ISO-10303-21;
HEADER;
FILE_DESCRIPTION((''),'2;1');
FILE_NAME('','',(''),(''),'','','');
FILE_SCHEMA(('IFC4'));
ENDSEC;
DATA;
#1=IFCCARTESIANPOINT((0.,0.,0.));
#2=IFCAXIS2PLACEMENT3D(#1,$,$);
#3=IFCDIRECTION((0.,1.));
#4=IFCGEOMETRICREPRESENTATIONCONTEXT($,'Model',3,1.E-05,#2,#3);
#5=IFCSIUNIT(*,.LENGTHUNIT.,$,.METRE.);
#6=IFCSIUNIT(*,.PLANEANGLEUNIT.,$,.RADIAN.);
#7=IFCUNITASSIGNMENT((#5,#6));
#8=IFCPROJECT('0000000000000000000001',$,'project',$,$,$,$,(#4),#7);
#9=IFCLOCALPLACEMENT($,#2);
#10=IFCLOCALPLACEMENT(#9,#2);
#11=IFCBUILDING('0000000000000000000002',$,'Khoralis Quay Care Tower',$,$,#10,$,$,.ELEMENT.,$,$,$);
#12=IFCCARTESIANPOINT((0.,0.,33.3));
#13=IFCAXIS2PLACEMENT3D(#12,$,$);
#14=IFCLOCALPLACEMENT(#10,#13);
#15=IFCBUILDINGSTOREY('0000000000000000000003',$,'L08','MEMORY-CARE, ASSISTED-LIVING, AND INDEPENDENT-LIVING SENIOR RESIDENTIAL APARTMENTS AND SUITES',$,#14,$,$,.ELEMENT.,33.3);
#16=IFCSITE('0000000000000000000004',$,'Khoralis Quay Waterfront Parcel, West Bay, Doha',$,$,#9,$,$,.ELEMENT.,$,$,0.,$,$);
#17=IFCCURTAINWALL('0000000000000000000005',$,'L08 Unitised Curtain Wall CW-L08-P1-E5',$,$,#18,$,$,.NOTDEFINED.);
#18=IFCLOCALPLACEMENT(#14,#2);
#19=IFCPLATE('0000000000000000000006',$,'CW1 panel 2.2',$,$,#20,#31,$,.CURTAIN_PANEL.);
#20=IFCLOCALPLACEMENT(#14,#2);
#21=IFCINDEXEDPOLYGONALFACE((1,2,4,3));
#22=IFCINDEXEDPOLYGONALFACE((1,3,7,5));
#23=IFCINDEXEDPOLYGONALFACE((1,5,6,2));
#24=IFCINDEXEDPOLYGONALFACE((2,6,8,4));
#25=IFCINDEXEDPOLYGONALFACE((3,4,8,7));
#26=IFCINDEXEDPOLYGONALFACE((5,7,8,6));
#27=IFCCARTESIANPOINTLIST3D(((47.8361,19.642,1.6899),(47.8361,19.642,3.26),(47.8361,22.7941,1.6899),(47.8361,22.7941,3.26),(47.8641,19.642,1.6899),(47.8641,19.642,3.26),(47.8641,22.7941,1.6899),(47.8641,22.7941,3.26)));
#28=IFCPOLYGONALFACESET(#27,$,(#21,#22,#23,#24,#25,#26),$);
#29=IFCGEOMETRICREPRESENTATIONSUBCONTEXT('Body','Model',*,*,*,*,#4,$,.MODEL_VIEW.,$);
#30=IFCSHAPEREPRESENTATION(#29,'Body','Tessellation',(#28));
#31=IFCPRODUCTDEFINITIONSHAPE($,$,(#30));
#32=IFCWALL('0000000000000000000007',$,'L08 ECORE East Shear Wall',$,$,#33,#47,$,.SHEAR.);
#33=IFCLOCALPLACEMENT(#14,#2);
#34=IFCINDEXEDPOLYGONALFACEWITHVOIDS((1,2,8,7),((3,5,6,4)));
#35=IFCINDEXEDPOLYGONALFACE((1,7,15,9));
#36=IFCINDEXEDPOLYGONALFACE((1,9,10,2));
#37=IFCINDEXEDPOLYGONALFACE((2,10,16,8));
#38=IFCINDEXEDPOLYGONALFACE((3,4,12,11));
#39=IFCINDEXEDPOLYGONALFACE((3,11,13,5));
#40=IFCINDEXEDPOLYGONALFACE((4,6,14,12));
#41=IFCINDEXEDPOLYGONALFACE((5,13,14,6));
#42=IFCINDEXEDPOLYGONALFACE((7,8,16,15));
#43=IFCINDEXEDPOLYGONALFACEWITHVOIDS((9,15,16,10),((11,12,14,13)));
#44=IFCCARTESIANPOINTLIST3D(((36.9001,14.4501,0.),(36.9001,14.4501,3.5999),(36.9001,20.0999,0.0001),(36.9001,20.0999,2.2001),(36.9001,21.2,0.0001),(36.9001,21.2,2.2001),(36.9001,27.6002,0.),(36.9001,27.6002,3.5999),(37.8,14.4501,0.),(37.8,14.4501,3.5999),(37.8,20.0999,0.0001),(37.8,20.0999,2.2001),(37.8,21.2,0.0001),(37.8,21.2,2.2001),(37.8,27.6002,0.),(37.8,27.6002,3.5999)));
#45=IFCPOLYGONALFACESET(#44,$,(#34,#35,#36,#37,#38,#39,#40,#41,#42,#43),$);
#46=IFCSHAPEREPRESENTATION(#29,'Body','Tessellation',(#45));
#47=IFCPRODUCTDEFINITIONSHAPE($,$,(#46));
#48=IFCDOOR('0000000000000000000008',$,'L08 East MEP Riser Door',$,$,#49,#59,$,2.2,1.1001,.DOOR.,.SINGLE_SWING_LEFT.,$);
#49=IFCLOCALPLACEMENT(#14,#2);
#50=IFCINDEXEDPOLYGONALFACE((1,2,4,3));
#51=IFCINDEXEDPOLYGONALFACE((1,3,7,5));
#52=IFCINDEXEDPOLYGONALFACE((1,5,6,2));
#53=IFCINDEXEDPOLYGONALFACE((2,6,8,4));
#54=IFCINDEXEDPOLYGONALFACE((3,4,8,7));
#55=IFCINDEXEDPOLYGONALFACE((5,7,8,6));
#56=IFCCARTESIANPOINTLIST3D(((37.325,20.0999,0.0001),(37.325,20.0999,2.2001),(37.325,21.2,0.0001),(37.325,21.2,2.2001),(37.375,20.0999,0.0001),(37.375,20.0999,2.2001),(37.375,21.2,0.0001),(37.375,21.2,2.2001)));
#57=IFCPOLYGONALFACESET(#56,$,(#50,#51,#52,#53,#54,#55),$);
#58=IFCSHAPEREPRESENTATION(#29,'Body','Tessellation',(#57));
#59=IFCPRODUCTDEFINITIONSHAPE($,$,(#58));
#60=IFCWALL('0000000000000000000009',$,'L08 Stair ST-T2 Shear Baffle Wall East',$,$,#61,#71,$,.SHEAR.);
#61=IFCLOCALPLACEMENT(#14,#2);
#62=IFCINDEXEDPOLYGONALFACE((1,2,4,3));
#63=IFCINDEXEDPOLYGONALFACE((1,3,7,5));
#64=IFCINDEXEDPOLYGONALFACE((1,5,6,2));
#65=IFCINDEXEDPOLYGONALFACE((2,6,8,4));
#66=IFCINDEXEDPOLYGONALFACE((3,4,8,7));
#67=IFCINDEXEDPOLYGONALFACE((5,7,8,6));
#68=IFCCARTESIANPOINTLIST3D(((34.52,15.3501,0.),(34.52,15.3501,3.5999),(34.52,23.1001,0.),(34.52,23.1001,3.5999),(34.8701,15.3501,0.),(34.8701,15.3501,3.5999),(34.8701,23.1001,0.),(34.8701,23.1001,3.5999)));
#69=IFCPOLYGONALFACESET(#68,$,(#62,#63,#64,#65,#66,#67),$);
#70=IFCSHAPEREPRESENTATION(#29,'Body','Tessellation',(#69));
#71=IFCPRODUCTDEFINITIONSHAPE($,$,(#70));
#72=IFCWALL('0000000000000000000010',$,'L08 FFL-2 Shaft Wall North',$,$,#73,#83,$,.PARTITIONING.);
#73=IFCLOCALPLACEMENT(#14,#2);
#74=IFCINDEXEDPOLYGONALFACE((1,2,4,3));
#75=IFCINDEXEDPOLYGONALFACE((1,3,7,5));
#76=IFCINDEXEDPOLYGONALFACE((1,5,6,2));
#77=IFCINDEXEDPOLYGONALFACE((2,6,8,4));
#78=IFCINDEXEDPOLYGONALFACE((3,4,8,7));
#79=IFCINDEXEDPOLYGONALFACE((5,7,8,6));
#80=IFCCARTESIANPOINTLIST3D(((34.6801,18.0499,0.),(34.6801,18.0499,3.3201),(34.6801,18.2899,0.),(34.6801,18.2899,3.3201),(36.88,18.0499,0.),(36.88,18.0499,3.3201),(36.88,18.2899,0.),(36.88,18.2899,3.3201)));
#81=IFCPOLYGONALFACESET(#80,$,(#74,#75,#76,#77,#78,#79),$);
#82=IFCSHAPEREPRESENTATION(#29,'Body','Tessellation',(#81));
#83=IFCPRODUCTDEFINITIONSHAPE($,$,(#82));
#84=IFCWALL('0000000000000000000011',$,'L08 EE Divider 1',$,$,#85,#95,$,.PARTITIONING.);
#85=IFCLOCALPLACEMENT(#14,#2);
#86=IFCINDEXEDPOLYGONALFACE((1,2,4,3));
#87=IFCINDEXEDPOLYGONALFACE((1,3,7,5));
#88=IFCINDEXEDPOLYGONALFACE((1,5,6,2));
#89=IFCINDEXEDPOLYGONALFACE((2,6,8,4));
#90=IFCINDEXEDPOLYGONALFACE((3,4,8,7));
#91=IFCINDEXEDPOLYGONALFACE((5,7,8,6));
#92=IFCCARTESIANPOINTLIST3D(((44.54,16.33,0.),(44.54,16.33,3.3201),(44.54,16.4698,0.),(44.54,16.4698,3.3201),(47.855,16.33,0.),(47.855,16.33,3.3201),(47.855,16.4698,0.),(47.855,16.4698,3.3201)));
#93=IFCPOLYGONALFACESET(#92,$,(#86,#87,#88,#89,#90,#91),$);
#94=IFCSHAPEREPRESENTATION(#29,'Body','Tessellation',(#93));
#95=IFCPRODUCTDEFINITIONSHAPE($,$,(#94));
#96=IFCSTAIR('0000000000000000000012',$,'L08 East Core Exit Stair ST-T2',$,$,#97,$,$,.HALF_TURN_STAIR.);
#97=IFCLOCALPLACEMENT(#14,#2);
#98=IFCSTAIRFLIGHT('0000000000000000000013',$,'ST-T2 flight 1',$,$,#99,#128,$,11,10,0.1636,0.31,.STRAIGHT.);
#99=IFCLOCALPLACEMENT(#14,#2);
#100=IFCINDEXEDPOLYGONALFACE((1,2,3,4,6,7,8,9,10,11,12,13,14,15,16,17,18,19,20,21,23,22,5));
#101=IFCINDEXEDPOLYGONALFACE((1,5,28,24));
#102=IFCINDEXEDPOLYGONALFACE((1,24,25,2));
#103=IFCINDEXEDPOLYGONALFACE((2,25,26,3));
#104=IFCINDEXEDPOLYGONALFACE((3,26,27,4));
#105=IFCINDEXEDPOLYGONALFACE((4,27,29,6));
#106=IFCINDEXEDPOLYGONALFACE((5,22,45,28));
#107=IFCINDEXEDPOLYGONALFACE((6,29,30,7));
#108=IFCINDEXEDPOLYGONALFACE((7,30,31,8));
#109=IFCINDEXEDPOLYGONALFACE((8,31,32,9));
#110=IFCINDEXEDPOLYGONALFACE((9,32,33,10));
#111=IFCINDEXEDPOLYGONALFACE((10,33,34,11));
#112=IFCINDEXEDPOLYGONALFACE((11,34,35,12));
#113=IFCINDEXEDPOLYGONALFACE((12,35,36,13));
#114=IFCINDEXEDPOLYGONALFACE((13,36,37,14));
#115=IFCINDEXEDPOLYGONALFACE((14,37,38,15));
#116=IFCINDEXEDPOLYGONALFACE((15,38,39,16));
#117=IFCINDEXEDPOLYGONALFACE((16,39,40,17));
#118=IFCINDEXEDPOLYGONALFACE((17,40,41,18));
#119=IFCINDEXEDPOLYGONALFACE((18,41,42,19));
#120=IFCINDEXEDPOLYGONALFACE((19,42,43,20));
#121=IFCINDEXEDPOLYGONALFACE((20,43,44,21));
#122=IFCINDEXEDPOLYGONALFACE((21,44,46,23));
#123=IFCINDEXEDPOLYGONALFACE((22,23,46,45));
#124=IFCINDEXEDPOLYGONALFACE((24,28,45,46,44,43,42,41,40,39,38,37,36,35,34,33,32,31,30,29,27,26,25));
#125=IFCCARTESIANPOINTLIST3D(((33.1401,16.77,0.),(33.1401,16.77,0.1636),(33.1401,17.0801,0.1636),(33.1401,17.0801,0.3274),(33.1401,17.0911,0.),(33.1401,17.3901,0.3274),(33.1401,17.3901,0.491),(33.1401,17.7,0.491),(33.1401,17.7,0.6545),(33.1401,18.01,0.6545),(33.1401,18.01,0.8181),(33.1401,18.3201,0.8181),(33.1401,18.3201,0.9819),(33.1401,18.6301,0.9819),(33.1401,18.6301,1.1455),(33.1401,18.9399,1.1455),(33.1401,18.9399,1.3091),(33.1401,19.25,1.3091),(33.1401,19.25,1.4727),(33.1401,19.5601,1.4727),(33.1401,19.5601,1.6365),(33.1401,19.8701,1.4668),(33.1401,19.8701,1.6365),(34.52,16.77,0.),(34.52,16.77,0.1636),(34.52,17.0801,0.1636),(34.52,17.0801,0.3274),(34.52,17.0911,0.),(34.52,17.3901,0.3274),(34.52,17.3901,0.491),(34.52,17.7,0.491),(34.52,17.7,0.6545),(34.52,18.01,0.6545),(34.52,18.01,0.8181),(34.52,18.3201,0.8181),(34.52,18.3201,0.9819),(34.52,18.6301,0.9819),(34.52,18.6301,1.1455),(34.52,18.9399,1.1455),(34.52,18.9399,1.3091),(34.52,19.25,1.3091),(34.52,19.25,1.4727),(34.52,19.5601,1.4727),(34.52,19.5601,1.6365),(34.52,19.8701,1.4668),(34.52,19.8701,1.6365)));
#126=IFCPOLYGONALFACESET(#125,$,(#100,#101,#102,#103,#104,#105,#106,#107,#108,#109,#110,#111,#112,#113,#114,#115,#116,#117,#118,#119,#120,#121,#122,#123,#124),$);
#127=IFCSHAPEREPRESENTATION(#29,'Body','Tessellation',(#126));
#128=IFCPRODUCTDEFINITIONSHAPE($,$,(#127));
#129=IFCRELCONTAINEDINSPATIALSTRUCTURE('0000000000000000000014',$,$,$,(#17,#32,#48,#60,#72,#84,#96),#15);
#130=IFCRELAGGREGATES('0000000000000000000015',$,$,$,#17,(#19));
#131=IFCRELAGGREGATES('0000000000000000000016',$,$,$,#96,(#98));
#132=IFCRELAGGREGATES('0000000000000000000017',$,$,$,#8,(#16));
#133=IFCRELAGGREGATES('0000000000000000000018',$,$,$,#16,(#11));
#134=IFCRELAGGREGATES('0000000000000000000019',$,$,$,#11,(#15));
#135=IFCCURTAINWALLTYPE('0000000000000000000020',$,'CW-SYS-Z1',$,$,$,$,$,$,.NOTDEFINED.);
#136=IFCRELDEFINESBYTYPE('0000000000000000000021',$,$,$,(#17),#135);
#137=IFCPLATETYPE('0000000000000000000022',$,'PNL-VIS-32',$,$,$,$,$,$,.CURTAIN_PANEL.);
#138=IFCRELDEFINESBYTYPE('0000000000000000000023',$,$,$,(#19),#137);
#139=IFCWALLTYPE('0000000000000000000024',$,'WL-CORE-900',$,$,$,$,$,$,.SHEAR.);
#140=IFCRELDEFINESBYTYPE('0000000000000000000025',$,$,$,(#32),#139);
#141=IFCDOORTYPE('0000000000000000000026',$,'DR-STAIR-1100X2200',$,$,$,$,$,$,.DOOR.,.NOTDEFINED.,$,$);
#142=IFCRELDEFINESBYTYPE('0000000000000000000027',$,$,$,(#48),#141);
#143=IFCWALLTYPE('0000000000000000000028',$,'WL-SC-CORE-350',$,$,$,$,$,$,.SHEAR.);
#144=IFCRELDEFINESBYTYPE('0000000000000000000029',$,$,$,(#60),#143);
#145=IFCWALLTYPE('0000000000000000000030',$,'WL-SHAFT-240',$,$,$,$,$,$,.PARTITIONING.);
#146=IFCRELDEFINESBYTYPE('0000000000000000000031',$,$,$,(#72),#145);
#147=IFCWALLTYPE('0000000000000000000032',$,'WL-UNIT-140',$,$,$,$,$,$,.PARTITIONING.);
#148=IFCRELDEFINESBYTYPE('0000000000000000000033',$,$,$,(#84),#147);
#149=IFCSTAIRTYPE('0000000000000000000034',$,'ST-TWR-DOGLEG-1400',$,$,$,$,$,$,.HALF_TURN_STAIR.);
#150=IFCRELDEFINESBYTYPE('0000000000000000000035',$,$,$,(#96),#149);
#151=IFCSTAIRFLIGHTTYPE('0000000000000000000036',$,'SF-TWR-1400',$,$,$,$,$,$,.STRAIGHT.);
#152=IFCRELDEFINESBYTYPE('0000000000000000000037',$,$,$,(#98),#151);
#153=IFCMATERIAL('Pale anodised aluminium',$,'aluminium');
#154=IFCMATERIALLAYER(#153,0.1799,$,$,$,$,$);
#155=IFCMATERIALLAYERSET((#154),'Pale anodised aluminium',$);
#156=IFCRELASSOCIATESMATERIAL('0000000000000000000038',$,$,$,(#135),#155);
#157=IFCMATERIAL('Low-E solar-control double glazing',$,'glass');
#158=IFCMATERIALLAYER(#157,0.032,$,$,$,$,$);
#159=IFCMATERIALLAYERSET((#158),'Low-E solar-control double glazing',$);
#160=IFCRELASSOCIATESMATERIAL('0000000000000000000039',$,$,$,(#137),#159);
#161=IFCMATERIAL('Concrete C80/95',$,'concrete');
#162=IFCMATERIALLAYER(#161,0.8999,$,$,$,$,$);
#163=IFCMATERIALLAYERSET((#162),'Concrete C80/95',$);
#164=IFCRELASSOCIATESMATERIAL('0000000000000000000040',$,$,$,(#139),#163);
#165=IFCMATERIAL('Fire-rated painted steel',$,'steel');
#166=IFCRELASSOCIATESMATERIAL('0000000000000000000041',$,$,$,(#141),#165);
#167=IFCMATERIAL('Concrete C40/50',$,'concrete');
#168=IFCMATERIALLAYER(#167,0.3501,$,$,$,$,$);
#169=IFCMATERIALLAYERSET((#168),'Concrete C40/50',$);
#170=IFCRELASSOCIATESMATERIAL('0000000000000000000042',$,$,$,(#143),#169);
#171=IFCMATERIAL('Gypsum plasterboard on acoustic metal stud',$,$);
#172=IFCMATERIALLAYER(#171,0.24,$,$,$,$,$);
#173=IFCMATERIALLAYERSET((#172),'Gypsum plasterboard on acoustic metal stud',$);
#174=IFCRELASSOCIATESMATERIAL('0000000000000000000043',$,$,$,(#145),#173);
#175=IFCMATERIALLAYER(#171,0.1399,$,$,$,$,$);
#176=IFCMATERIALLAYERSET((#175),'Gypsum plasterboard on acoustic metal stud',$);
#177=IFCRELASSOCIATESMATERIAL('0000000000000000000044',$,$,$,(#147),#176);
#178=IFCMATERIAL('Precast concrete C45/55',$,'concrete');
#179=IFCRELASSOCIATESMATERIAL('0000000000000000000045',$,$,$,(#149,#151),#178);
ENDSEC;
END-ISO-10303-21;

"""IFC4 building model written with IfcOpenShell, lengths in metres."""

from ifc_helpers import new_model, si_unit, direction, frame, frame_2d, origin, origin_2d, place, context, subcontext, project, spatial, polyline, rectangle, outline, extrude, source, transform, mapped, material, layer, layer_set, type_object, element, fill, aggregate, save


model = new_model("IFC4")

# Units and contexts
model_context = context("Model", 3, precision=1e-05, world=origin(), true_north=direction((0.0, 1.0)))
body_context = subcontext(model_context, "Body", "Model", "MODEL_VIEW")
ifc_project = project(units=[si_unit("LENGTHUNIT", "METRE"), si_unit("PLANEANGLEUNIT", "RADIAN")], contexts=[model_context])

# Site, building, storey
site_placement = place(None, origin())
site = spatial("IfcSite", under=ifc_project, at=site_placement, Name="Khoralis Quay Waterfront Parcel, West Bay, Doha", CompositionType="ELEMENT", RefElevation=0.0)
building_placement = place(site_placement, origin())
building = spatial("IfcBuilding", under=site, at=building_placement, Name="Khoralis Quay Care Tower", CompositionType="ELEMENT")
storey_placement = place(building_placement, frame((0.0, 0.0, 33.3)))
storey = spatial("IfcBuildingStorey", under=building, at=storey_placement, Name="L08", Description="MEMORY-CARE, ASSISTED-LIVING, AND INDEPENDENT-LIVING SENIOR RESIDENTIAL APARTMENTS AND SUITES", CompositionType="ELEMENT", Elevation=33.3)

# Shared definitions
ifc_material_1 = material(Name="Concrete C80/95", Category="concrete")

# Curtain wall, plate
ifc_material_2 = material(Name="Pale anodised aluminium", Category="aluminium")
ifc_layer_1 = layer(ifc_material_2, 0.1799)
ifc_layer_set_1 = layer_set([ifc_layer_1], Name="Pale anodised aluminium")
curtain_wall_type = type_object("IfcCurtainWallType", Name="CW-SYS-Z1", PredefinedType="NOTDEFINED", material=ifc_layer_set_1)
curtain_wall_placement = place(storey_placement, origin())
curtain_wall = element("IfcCurtainWall", 1, at=curtain_wall_placement, inside=storey, type_object=curtain_wall_type, Name="L08 Unitised Curtain Wall CW-L08-P1-E5", PredefinedType="NOTDEFINED")
ifc_material_3 = material(Name="Low-E solar-control double glazing", Category="glass")
ifc_layer_2 = layer(ifc_material_3, 0.032)
ifc_layer_set_2 = layer_set([ifc_layer_2], Name="Low-E solar-control double glazing")
plate_type = type_object("IfcPlateType", Name="PNL-VIS-32", PredefinedType="CURTAIN_PANEL", material=ifc_layer_set_2)
shared_shape_1 = source(origin(), body_context, "Body", "SweptSolid", [
    extrude(rectangle(XDim=3.1521, YDim=0.0281, at=origin_2d()), origin(), (0.0, 0.0, 1.0), 1.5701),
])
plate_1_placement = place(storey_placement, frame((47.8501, 21.218, 1.6899), z_axis=(0.0, 0.0, 1.0), x_axis=(0.0, 1.0, 0.0)))
plate_1 = element("IfcPlate", 2, at=plate_1_placement, type_object=plate_type, Name="CW1 panel 2.2", PredefinedType="CURTAIN_PANEL", context=body_context, shape_type="MappedRepresentation", body=[
    mapped(shared_shape_1, transform((0.0, 0.0, 0.0), scale=1.0)),
])
aggregate(curtain_wall, [plate_1])

# Wall, opening, door
ifc_layer_3 = layer(ifc_material_1, 0.8999)
ifc_layer_set_3 = layer_set([ifc_layer_3], Name="Concrete C80/95")
wall_type_1 = type_object("IfcWallType", Name="WL-CORE-900", PredefinedType="SHEAR", material=ifc_layer_set_3)
wall_1_placement = place(storey_placement, frame((37.3501, 14.45, 0.0), z_axis=(0.0, 0.0, 1.0), x_axis=(0.0, 1.0, 0.0)))
wall_1 = element("IfcWall", 3, at=wall_1_placement, inside=storey, type_object=wall_type_1, Name="L08 ECORE East Shear Wall", PredefinedType="SHEAR", context=body_context, shape_type="SweptSolid", body=[
    extrude(rectangle(XDim=13.1501, YDim=0.8999, at=frame_2d((6.5752, 0.0))), origin(), (0.0, 0.0, 1.0), 3.5999),
])
opening_placement = place(wall_1_placement, frame((5.6499, 0.0, 0.0)))
opening = element("IfcOpeningElement", 4, at=opening_placement, cuts=wall_1, PredefinedType="OPENING", context=body_context, shape_type="SweptSolid", body=[
    extrude(rectangle(XDim=1.1001, YDim=2.2, at=frame_2d((0.55, 1.1001))), frame((0.0, 0.46, 0.0), z_axis=(0.0, -1.0, 0.0), x_axis=(1.0, 0.0, 0.0)), (0.0, 0.0, 1.0), 0.9199),
])
ifc_material_4 = material(Name="Fire-rated painted steel", Category="steel")
door_type = type_object("IfcDoorType", Name="DR-STAIR-1100X2200", OperationType="NOTDEFINED", PredefinedType="DOOR", material=ifc_material_4)
shared_shape_2 = source(origin(), body_context, "Body", "SweptSolid", [
    extrude(rectangle(XDim=1.1001, YDim=2.2, at=frame_2d((0.55, 1.1001))), frame((0.0, 0.0249, 0.0), z_axis=(0.0, -1.0, 0.0), x_axis=(1.0, 0.0, 0.0)), (0.0, 0.0, 1.0), 0.05),
])
door_placement = place(opening_placement, frame((1.1001, 0.0, 0.0), z_axis=(0.0, 0.0, 1.0), x_axis=(-1.0, 0.0, 0.0)))
door = element("IfcDoor", 5, at=door_placement, inside=storey, type_object=door_type, Name="L08 East MEP Riser Door", OperationType="SINGLE_SWING_LEFT", OverallHeight=2.2, OverallWidth=1.1001, PredefinedType="DOOR", context=body_context, shape_type="MappedRepresentation", body=[
    mapped(shared_shape_2, transform((0.0, 0.0, 0.0), scale=1.0)),
])
fill(opening, door)

# Walls
ifc_material_5 = material(Name="Concrete C40/50", Category="concrete")
ifc_layer_4 = layer(ifc_material_5, 0.3501)
ifc_layer_set_4 = layer_set([ifc_layer_4], Name="Concrete C40/50")
wall_type_2 = type_object("IfcWallType", Name="WL-SC-CORE-350", PredefinedType="SHEAR", material=ifc_layer_set_4)
wall_2_placement = place(storey_placement, frame((34.6951, 15.3501, 0.0), z_axis=(0.0, 0.0, 1.0), x_axis=(0.0, 1.0, 0.0)))
element("IfcWall", 6, at=wall_2_placement, inside=storey, type_object=wall_type_2, Name="L08 Stair ST-T2 Shear Baffle Wall East", PredefinedType="SHEAR", context=body_context, shape_type="SweptSolid", body=[
    extrude(rectangle(XDim=7.75, YDim=0.3501, at=frame_2d((3.875, 0.0))), origin(), (0.0, 0.0, 1.0), 3.5999),
])
ifc_material_6 = material(Name="Gypsum plasterboard on acoustic metal stud")
ifc_layer_5 = layer(ifc_material_6, 0.24)
ifc_layer_set_5 = layer_set([ifc_layer_5], Name="Gypsum plasterboard on acoustic metal stud")
wall_type_3 = type_object("IfcWallType", Name="WL-SHAFT-240", PredefinedType="PARTITIONING", material=ifc_layer_set_5)
wall_3_placement = place(storey_placement, frame((34.6799, 18.1699, 0.0), z_axis=(0.0, 0.0, 1.0), x_axis=(1.0, 0.0, 0.0)))
element("IfcWall", 7, at=wall_3_placement, inside=storey, type_object=wall_type_3, Name="L08 FFL-2 Shaft Wall North", PredefinedType="PARTITIONING", context=body_context, shape_type="SweptSolid", body=[
    extrude(rectangle(XDim=2.2, YDim=0.24, at=frame_2d((1.1001, 0.0))), origin(), (0.0, 0.0, 1.0), 3.3201),
])
ifc_layer_6 = layer(ifc_material_6, 0.1399)
ifc_layer_set_6 = layer_set([ifc_layer_6], Name="Gypsum plasterboard on acoustic metal stud")
wall_type_4 = type_object("IfcWallType", Name="WL-UNIT-140", PredefinedType="PARTITIONING", material=ifc_layer_set_6)
wall_4_placement = place(storey_placement, frame((44.54, 16.3999, 0.0), z_axis=(0.0, 0.0, 1.0), x_axis=(1.0, 0.0, 0.0)))
element("IfcWall", 8, at=wall_4_placement, inside=storey, type_object=wall_type_4, Name="L08 EE Divider 1", PredefinedType="PARTITIONING", context=body_context, shape_type="SweptSolid", body=[
    extrude(rectangle(XDim=3.3149, YDim=0.1399, at=frame_2d((1.6575, 0.0))), origin(), (0.0, 0.0, 1.0), 3.3201),
])

# Stair, stair flight
ifc_material_7 = material(Name="Precast concrete C45/55", Category="concrete")
stair_type = type_object("IfcStairType", Name="ST-TWR-DOGLEG-1400", PredefinedType="HALF_TURN_STAIR", material=ifc_material_7)
stair_placement = place(storey_placement, origin())
stair = element("IfcStair", 9, at=stair_placement, inside=storey, type_object=stair_type, Name="L08 East Core Exit Stair ST-T2", PredefinedType="HALF_TURN_STAIR")
stair_flight_type = type_object("IfcStairFlightType", Name="SF-TWR-1400", PredefinedType="STRAIGHT", material=ifc_material_7)
shared_shape_3 = source(origin(), body_context, "Body", "SweptSolid", [
    extrude(outline(polyline([(0.0, 0.0), (0.0, 0.1636), (0.3101, 0.1636), (0.3101, 0.3274), (0.6201, 0.3274), (0.6201, 0.491), (0.9299, 0.491), (0.9299, 0.6545), (1.24, 0.6545), (1.24, 0.8181), (1.55, 0.8181), (1.55, 0.9819), (1.8601, 0.9819), (1.8601, 1.1455), (2.1699, 1.1455), (2.1699, 1.3091), (2.48, 1.3091), (2.48, 1.4727), (2.79, 1.4727), (2.79, 1.6365), (3.1001, 1.6365), (3.1001, 1.8), (3.1001, 1.4668), (0.321, 0.0), (0.0, 0.0)])), frame((0.0, 0.6899, 0.0), z_axis=(0.0, -1.0, 0.0), x_axis=(1.0, 0.0, 0.0)), (0.0, 0.0, 1.0), 1.3799),
])
stair_flight_placement = place(storey_placement, frame((33.8301, 16.77, 0.0), z_axis=(0.0, 0.0, 1.0), x_axis=(0.0, 1.0, 0.0)))
stair_flight = element("IfcStairFlight", 10, at=stair_flight_placement, type_object=stair_flight_type, Name="ST-T2 flight 1", NumberOfRisers=11, NumberOfTreads=10, PredefinedType="STRAIGHT", RiserHeight=0.1636, TreadLength=0.31, context=body_context, shape_type="MappedRepresentation", body=[
    mapped(shared_shape_3, transform((0.0, 0.0, 0.0), scale=1.0)),
])
aggregate(stair, [stair_flight])

save(model, "model.ifc")
